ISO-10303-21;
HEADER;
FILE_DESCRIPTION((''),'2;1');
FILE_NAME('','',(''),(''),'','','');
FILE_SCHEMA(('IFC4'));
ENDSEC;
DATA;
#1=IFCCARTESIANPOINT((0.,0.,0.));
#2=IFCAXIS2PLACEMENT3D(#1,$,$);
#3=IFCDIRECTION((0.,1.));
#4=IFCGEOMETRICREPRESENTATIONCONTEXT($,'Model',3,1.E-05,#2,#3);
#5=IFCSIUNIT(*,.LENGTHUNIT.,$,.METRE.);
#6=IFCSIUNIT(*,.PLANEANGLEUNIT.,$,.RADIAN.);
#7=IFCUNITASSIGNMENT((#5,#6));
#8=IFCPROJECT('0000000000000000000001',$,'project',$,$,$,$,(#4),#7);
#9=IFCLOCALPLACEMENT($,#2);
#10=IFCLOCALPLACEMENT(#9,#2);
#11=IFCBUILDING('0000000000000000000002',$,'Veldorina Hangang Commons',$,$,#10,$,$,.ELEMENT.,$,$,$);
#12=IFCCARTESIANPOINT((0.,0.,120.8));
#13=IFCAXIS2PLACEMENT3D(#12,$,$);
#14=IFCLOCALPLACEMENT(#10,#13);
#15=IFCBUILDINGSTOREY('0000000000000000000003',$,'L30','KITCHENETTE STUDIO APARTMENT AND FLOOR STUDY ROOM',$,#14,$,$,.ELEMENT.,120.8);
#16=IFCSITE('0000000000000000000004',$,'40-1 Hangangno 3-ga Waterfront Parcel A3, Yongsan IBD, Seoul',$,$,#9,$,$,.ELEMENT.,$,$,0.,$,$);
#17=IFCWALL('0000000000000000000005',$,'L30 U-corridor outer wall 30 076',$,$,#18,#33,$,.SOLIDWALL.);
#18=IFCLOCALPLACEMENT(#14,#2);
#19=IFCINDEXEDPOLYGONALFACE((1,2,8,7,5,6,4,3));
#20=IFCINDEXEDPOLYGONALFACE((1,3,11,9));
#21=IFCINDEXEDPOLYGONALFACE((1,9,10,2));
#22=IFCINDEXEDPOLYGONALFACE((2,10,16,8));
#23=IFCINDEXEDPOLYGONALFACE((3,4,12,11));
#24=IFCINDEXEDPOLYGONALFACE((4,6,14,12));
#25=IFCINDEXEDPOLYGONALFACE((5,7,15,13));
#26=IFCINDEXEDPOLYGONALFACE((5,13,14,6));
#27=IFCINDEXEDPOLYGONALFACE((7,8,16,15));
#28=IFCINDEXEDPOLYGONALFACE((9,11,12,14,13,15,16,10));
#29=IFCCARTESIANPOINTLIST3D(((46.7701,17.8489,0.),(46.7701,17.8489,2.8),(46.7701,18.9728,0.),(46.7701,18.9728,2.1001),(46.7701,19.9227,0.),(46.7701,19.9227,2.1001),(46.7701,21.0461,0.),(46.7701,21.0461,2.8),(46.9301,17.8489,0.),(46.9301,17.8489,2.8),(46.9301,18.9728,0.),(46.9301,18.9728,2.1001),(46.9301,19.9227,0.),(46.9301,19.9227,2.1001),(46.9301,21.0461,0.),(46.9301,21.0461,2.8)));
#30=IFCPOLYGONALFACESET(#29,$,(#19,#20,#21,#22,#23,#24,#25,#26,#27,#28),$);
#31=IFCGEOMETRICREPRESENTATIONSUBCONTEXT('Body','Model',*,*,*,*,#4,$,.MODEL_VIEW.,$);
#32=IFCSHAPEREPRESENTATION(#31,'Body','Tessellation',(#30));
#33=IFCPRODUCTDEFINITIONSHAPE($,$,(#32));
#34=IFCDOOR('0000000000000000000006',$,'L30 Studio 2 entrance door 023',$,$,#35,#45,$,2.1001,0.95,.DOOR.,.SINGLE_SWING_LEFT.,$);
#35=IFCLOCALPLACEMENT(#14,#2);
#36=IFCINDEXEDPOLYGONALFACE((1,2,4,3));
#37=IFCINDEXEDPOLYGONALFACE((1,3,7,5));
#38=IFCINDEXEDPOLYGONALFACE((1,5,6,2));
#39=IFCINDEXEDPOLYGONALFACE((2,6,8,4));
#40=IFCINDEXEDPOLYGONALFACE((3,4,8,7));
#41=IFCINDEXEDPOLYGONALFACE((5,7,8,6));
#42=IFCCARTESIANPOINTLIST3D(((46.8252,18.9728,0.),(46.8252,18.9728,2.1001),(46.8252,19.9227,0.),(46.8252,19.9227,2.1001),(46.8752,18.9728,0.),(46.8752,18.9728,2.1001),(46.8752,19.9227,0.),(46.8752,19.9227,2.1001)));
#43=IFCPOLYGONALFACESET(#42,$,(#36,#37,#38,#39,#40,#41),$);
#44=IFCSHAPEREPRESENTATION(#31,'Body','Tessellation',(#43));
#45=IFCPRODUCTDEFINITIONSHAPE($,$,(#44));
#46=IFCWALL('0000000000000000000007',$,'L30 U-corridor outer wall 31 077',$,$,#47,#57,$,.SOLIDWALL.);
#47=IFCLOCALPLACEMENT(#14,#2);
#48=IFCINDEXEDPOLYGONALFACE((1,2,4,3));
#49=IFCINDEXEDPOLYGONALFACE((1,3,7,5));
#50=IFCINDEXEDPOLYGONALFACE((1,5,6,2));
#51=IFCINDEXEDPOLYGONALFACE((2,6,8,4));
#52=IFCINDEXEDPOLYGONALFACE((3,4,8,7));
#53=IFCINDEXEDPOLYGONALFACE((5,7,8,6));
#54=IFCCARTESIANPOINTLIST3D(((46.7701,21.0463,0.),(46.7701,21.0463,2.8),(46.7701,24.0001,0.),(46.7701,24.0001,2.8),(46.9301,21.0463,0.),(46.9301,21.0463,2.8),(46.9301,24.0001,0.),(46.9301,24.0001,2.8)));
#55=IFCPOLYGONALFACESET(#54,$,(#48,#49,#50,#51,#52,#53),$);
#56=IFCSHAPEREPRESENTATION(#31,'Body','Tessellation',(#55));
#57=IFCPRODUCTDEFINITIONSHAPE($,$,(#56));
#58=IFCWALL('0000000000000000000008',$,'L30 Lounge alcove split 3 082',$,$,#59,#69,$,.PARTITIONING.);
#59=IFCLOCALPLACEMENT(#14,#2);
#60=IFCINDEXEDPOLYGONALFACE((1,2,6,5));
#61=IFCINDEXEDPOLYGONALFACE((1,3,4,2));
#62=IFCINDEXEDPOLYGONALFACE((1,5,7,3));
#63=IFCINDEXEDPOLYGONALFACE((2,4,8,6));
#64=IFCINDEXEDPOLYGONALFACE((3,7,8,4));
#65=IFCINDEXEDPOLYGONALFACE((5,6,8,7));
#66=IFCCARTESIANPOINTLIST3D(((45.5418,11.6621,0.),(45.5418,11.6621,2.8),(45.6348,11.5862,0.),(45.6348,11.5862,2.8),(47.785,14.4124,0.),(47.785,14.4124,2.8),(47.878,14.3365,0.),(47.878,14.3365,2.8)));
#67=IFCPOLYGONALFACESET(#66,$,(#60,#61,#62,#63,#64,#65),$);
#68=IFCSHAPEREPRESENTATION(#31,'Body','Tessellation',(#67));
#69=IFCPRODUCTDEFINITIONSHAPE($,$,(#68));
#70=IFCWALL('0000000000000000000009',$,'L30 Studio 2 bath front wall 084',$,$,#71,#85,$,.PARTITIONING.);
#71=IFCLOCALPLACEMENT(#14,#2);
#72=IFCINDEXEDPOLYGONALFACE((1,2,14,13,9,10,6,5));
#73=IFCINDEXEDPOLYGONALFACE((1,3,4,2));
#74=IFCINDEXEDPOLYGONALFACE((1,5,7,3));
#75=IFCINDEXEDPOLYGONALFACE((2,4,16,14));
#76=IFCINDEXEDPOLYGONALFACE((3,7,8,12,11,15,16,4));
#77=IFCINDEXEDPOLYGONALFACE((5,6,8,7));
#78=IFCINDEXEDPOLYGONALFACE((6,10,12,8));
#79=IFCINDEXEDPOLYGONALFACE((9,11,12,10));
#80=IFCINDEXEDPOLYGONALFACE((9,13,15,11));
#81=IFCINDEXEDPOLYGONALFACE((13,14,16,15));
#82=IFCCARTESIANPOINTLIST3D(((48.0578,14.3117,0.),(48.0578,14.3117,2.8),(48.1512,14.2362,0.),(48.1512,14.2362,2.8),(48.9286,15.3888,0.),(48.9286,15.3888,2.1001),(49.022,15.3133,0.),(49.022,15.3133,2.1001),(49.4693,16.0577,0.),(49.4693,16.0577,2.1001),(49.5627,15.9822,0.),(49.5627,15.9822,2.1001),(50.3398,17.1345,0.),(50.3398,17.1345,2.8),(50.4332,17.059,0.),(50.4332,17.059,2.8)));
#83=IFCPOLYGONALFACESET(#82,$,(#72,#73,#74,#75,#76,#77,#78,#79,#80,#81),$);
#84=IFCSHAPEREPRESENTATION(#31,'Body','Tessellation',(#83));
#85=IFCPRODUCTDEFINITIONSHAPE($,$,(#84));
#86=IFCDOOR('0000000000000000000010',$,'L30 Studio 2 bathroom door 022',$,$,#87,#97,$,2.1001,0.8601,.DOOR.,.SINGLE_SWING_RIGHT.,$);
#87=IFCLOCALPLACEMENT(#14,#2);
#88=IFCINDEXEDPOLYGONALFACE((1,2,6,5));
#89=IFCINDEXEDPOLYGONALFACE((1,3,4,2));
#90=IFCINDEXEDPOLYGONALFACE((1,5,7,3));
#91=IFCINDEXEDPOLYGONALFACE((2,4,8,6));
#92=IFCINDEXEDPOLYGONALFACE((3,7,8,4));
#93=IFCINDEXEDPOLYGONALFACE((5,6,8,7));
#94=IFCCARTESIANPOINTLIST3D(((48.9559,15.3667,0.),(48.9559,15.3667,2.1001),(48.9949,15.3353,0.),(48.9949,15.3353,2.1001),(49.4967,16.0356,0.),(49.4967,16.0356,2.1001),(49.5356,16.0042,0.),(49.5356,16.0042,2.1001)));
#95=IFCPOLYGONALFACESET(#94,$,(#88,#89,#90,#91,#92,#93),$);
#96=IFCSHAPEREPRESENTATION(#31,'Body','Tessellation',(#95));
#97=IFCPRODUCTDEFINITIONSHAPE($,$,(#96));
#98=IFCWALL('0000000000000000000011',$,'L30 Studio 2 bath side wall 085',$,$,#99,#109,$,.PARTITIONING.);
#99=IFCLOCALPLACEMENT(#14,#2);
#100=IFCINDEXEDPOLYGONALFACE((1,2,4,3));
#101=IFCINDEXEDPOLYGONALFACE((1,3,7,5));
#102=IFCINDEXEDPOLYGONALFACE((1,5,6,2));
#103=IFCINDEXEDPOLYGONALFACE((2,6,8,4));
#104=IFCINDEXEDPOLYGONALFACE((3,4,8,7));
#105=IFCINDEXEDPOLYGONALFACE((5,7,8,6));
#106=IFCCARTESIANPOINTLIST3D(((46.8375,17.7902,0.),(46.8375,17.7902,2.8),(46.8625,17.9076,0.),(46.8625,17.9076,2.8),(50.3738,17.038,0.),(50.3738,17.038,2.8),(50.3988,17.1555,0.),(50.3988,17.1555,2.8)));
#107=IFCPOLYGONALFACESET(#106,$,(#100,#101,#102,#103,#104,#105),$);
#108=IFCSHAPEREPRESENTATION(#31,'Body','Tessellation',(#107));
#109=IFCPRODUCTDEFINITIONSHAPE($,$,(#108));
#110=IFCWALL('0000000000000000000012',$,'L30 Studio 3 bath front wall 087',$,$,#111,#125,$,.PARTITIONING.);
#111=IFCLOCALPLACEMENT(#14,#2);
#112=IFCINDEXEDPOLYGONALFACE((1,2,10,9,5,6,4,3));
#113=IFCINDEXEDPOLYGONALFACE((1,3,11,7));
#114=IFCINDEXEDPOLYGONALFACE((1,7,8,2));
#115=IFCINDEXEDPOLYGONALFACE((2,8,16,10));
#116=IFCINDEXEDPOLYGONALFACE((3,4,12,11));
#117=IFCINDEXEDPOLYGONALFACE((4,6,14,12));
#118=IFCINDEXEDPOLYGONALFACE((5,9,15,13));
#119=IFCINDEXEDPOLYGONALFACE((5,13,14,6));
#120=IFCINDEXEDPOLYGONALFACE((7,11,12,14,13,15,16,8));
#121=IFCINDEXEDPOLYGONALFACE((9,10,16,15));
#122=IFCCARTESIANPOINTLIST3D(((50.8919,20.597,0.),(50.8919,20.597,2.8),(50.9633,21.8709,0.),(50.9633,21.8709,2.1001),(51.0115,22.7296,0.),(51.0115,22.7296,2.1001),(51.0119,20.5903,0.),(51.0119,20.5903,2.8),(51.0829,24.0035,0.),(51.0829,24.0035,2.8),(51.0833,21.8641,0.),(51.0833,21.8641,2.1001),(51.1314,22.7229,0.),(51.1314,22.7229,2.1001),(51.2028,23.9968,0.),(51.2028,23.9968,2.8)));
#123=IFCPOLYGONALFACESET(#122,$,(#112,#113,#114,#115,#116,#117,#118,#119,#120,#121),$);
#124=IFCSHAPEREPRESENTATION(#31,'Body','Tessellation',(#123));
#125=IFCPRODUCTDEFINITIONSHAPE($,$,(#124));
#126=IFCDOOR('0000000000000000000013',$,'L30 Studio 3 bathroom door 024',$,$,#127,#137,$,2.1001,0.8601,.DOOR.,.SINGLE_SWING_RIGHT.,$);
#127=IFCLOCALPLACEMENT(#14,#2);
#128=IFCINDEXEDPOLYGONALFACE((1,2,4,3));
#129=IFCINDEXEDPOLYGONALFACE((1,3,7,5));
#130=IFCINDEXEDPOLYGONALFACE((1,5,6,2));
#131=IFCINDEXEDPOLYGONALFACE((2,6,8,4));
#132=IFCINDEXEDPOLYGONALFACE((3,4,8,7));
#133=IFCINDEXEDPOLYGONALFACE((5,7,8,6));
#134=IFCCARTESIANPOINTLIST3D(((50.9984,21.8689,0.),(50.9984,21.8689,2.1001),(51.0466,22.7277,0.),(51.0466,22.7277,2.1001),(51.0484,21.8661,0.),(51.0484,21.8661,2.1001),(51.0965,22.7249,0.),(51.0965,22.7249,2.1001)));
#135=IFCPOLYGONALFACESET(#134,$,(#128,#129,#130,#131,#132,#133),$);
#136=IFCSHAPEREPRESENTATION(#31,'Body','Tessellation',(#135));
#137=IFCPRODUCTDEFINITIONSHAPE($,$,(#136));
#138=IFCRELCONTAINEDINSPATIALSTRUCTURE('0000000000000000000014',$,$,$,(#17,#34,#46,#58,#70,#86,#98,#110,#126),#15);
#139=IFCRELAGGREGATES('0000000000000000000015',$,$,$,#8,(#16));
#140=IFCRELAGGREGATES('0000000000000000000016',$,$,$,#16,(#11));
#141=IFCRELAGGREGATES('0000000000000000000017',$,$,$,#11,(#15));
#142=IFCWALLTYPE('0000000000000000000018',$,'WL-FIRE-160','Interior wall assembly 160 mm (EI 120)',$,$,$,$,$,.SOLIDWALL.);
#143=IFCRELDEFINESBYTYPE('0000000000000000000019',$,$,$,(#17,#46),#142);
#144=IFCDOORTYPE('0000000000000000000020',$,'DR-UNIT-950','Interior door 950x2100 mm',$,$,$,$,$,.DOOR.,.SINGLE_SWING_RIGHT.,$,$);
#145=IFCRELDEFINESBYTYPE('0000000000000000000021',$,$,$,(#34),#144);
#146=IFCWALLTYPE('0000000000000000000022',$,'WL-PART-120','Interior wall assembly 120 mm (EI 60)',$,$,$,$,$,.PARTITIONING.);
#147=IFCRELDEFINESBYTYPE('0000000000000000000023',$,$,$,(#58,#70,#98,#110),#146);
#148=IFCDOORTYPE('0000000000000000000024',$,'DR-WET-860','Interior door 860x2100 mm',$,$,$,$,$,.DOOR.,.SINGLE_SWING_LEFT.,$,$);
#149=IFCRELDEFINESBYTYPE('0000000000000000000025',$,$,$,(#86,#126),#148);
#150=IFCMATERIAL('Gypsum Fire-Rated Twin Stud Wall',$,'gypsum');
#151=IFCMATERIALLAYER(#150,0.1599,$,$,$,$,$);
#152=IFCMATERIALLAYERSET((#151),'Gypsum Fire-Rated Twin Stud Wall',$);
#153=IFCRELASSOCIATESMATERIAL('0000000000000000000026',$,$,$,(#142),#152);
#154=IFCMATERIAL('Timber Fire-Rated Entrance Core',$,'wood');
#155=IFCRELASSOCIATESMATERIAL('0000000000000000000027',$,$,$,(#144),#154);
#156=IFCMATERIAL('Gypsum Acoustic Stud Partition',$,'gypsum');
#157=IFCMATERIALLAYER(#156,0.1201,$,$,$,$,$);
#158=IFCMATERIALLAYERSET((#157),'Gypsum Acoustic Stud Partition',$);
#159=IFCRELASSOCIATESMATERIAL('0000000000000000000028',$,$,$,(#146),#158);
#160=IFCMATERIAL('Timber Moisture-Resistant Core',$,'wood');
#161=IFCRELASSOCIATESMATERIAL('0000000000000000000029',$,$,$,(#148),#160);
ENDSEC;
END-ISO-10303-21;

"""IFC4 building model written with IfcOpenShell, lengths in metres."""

from ifc_helpers import new_model, si_unit, direction, frame, frame_2d, origin, place, context, subcontext, project, spatial, rectangle, extrude, material, layer, layer_set, type_object, element, fill, save


model = new_model("IFC4")

# Units and contexts
model_context = context("Model", 3, precision=1e-05, world=origin(), true_north=direction((0.0, 1.0)))
body_context = subcontext(model_context, "Body", "Model", "MODEL_VIEW")
ifc_project = project(units=[si_unit("LENGTHUNIT", "METRE"), si_unit("PLANEANGLEUNIT", "RADIAN")], contexts=[model_context])

# Site, building, storey
site_placement = place(None, origin())
site = spatial("IfcSite", under=ifc_project, at=site_placement, Name="40-1 Hangangno 3-ga Waterfront Parcel A3, Yongsan IBD, Seoul", CompositionType="ELEMENT", RefElevation=0.0)
building_placement = place(site_placement, origin())
building = spatial("IfcBuilding", under=site, at=building_placement, Name="Veldorina Hangang Commons", CompositionType="ELEMENT")
storey_placement = place(building_placement, frame((0.0, 0.0, 120.8)))
storey = spatial("IfcBuildingStorey", under=building, at=storey_placement, Name="L30", Description="KITCHENETTE STUDIO APARTMENT AND FLOOR STUDY ROOM", CompositionType="ELEMENT", Elevation=120.8)

# Wall, opening, door
ifc_material_1 = material(Name="Gypsum Fire-Rated Twin Stud Wall", Category="gypsum")
ifc_layer_1 = layer(ifc_material_1, 0.1599)
ifc_layer_set_1 = layer_set([ifc_layer_1], Name="Gypsum Fire-Rated Twin Stud Wall")
wall_type_1 = type_object("IfcWallType", Name="WL-FIRE-160", Description="Interior wall assembly 160 mm (EI 120)", PredefinedType="SOLIDWALL", material=ifc_layer_set_1)
wall_1_placement = place(storey_placement, frame((46.8501, 17.8489, 0.0), z_axis=(0.0, 0.0, 1.0), x_axis=(0.0, 1.0, 0.0)))
wall_1 = element("IfcWall", 1, at=wall_1_placement, inside=storey, type_object=wall_type_1, Name="L30 U-corridor outer wall 30 076", PredefinedType="SOLIDWALL", context=body_context, shape_type="SweptSolid", body=[
    extrude(rectangle(XDim=3.1973, YDim=0.1599, at=frame_2d((1.5986, 0.0))), origin(), (0.0, 0.0, 1.0), 2.8),
])
opening_1_placement = place(wall_1_placement, frame((1.1238, 0.0, 0.0)))
opening_1 = element("IfcOpeningElement", 2, at=opening_1_placement, cuts=wall_1, PredefinedType="OPENING", context=body_context, shape_type="SweptSolid", body=[
    extrude(rectangle(XDim=0.95, YDim=2.1001, at=frame_2d((0.4751, 1.05))), frame((0.0, 0.0898, 0.0), z_axis=(0.0, -1.0, 0.0), x_axis=(1.0, 0.0, 0.0)), (0.0, 0.0, 1.0), 0.1799),
])
ifc_material_2 = material(Name="Timber Fire-Rated Entrance Core", Category="wood")
door_type_1 = type_object("IfcDoorType", Name="DR-UNIT-950", Description="Interior door 950x2100 mm", OperationType="SINGLE_SWING_RIGHT", PredefinedType="DOOR", material=ifc_material_2)
door_1_placement = place(opening_1_placement, origin())
door_1 = element("IfcDoor", 3, at=door_1_placement, inside=storey, type_object=door_type_1, Name="L30 Studio 2 entrance door 023", OperationType="SINGLE_SWING_LEFT", OverallHeight=2.1001, OverallWidth=0.95, PredefinedType="DOOR", context=body_context, shape_type="SweptSolid", body=[
    extrude(rectangle(XDim=0.95, YDim=2.1001, at=frame_2d((0.4751, 1.05))), frame((0.0, 0.0249, 0.0), z_axis=(0.0, -1.0, 0.0), x_axis=(1.0, 0.0, 0.0)), (0.0, 0.0, 1.0), 0.05),
])
fill(opening_1, door_1)

# Walls
wall_2_placement = place(storey_placement, frame((46.8501, 21.0461, 0.0), z_axis=(0.0, 0.0, 1.0), x_axis=(0.0, 1.0, 0.0)))
element("IfcWall", 4, at=wall_2_placement, inside=storey, type_object=wall_type_1, Name="L30 U-corridor outer wall 31 077", PredefinedType="SOLIDWALL", context=body_context, shape_type="SweptSolid", body=[
    extrude(rectangle(XDim=2.9539, YDim=0.1599, at=frame_2d((1.4771, 0.0))), origin(), (0.0, 0.0, 1.0), 2.8),
])
ifc_material_3 = material(Name="Gypsum Acoustic Stud Partition", Category="gypsum")
ifc_layer_2 = layer(ifc_material_3, 0.1201)
ifc_layer_set_2 = layer_set([ifc_layer_2], Name="Gypsum Acoustic Stud Partition")
wall_type_2 = type_object("IfcWallType", Name="WL-PART-120", Description="Interior wall assembly 120 mm (EI 60)", PredefinedType="PARTITIONING", material=ifc_layer_set_2)
wall_3_placement = place(storey_placement, frame((45.5884, 11.6243, 0.0), z_axis=(0.0, 0.0, 1.0), x_axis=(0.63205, 0.774928, 0.0)))
element("IfcWall", 5, at=wall_3_placement, inside=storey, type_object=wall_type_2, Name="L30 Lounge alcove split 3 082", PredefinedType="PARTITIONING", context=body_context, shape_type="SweptSolid", body=[
    extrude(rectangle(XDim=3.5491, YDim=0.1201, at=frame_2d((1.7744, 0.0))), origin(), (0.0, 0.0, 1.0), 2.8),
])

# Wall, opening, door
wall_4_placement = place(storey_placement, frame((48.1045, 14.2739, 0.0), z_axis=(0.0, 0.0, 1.0), x_axis=(0.628681, 0.777663, 0.0)))
wall_4 = element("IfcWall", 6, at=wall_4_placement, inside=storey, type_object=wall_type_2, Name="L30 Studio 2 bath front wall 084", PredefinedType="PARTITIONING", context=body_context, shape_type="SweptSolid", body=[
    extrude(rectangle(XDim=3.6299, YDim=0.1201, at=frame_2d((1.8149, 0.0))), origin(), (0.0, 0.0, 1.0), 2.8),
])
opening_2_placement = place(wall_4_placement, frame((1.385, 0.0, 0.0)))
opening_2 = element("IfcOpeningElement", 7, at=opening_2_placement, cuts=wall_4, PredefinedType="OPENING", context=body_context, shape_type="SweptSolid", body=[
    extrude(rectangle(XDim=0.8601, YDim=2.1001, at=frame_2d((0.4302, 1.05))), frame((0.0, 0.0701, 0.0), z_axis=(0.0, -1.0, 0.0), x_axis=(1.0, 0.0, 0.0)), (0.0, 0.0, 1.0), 0.1401),
])
ifc_material_4 = material(Name="Timber Moisture-Resistant Core", Category="wood")
door_type_2 = type_object("IfcDoorType", Name="DR-WET-860", Description="Interior door 860x2100 mm", OperationType="SINGLE_SWING_LEFT", PredefinedType="DOOR", material=ifc_material_4)
door_2_placement = place(opening_2_placement, origin())
door_2 = element("IfcDoor", 8, at=door_2_placement, inside=storey, type_object=door_type_2, Name="L30 Studio 2 bathroom door 022", OperationType="SINGLE_SWING_RIGHT", OverallHeight=2.1001, OverallWidth=0.8601, PredefinedType="DOOR", context=body_context, shape_type="SweptSolid", body=[
    extrude(rectangle(XDim=0.8601, YDim=2.1001, at=frame_2d((0.4302, 1.05))), frame((0.0, 0.0249, 0.0), z_axis=(0.0, -1.0, 0.0), x_axis=(1.0, 0.0, 0.0)), (0.0, 0.0, 1.0), 0.05),
])
fill(opening_2, door_2)

# Wall
wall_5_placement = place(storey_placement, frame((46.8501, 17.8489, 0.0), z_axis=(0.0, 0.0, 1.0), x_axis=(0.978119, -0.208049, 0.0)))
element("IfcWall", 9, at=wall_5_placement, inside=storey, type_object=wall_type_2, Name="L30 Studio 2 bath side wall 085", PredefinedType="PARTITIONING", context=body_context, shape_type="SweptSolid", body=[
    extrude(rectangle(XDim=3.6155, YDim=0.1201, at=frame_2d((1.8076, 0.0))), origin(), (0.0, 0.0, 1.0), 2.8),
])

# Wall, opening, door
wall_6_placement = place(storey_placement, frame((50.9519, 20.5935, 0.0), z_axis=(0.0, 0.0, 1.0), x_axis=(0.055957, 0.998433, 0.0)))
wall_6 = element("IfcWall", 10, at=wall_6_placement, inside=storey, type_object=wall_type_2, Name="L30 Studio 3 bath front wall 087", PredefinedType="PARTITIONING", context=body_context, shape_type="SweptSolid", body=[
    extrude(rectangle(XDim=3.4119, YDim=0.1201, at=frame_2d((1.7061, 0.0))), origin(), (0.0, 0.0, 1.0), 2.8),
])
opening_3_placement = place(wall_6_placement, frame((1.2759, 0.0, 0.0)))
opening_3 = element("IfcOpeningElement", 11, at=opening_3_placement, cuts=wall_6, PredefinedType="OPENING", context=body_context, shape_type="SweptSolid", body=[
    extrude(rectangle(XDim=0.8601, YDim=2.1001, at=frame_2d((0.4302, 1.05))), frame((0.0, 0.0701, 0.0), z_axis=(0.0, -1.0, 0.0), x_axis=(1.0, 0.0, 0.0)), (0.0, 0.0, 1.0), 0.1401),
])
door_3_placement = place(opening_3_placement, origin())
door_3 = element("IfcDoor", 12, at=door_3_placement, inside=storey, type_object=door_type_2, Name="L30 Studio 3 bathroom door 024", OperationType="SINGLE_SWING_RIGHT", OverallHeight=2.1001, OverallWidth=0.8601, PredefinedType="DOOR", context=body_context, shape_type="SweptSolid", body=[
    extrude(rectangle(XDim=0.8601, YDim=2.1001, at=frame_2d((0.4302, 1.05))), frame((0.0, 0.0249, 0.0), z_axis=(0.0, -1.0, 0.0), x_axis=(1.0, 0.0, 0.0)), (0.0, 0.0, 1.0), 0.05),
])
fill(opening_3, door_3)

save(model, "model.ifc")
